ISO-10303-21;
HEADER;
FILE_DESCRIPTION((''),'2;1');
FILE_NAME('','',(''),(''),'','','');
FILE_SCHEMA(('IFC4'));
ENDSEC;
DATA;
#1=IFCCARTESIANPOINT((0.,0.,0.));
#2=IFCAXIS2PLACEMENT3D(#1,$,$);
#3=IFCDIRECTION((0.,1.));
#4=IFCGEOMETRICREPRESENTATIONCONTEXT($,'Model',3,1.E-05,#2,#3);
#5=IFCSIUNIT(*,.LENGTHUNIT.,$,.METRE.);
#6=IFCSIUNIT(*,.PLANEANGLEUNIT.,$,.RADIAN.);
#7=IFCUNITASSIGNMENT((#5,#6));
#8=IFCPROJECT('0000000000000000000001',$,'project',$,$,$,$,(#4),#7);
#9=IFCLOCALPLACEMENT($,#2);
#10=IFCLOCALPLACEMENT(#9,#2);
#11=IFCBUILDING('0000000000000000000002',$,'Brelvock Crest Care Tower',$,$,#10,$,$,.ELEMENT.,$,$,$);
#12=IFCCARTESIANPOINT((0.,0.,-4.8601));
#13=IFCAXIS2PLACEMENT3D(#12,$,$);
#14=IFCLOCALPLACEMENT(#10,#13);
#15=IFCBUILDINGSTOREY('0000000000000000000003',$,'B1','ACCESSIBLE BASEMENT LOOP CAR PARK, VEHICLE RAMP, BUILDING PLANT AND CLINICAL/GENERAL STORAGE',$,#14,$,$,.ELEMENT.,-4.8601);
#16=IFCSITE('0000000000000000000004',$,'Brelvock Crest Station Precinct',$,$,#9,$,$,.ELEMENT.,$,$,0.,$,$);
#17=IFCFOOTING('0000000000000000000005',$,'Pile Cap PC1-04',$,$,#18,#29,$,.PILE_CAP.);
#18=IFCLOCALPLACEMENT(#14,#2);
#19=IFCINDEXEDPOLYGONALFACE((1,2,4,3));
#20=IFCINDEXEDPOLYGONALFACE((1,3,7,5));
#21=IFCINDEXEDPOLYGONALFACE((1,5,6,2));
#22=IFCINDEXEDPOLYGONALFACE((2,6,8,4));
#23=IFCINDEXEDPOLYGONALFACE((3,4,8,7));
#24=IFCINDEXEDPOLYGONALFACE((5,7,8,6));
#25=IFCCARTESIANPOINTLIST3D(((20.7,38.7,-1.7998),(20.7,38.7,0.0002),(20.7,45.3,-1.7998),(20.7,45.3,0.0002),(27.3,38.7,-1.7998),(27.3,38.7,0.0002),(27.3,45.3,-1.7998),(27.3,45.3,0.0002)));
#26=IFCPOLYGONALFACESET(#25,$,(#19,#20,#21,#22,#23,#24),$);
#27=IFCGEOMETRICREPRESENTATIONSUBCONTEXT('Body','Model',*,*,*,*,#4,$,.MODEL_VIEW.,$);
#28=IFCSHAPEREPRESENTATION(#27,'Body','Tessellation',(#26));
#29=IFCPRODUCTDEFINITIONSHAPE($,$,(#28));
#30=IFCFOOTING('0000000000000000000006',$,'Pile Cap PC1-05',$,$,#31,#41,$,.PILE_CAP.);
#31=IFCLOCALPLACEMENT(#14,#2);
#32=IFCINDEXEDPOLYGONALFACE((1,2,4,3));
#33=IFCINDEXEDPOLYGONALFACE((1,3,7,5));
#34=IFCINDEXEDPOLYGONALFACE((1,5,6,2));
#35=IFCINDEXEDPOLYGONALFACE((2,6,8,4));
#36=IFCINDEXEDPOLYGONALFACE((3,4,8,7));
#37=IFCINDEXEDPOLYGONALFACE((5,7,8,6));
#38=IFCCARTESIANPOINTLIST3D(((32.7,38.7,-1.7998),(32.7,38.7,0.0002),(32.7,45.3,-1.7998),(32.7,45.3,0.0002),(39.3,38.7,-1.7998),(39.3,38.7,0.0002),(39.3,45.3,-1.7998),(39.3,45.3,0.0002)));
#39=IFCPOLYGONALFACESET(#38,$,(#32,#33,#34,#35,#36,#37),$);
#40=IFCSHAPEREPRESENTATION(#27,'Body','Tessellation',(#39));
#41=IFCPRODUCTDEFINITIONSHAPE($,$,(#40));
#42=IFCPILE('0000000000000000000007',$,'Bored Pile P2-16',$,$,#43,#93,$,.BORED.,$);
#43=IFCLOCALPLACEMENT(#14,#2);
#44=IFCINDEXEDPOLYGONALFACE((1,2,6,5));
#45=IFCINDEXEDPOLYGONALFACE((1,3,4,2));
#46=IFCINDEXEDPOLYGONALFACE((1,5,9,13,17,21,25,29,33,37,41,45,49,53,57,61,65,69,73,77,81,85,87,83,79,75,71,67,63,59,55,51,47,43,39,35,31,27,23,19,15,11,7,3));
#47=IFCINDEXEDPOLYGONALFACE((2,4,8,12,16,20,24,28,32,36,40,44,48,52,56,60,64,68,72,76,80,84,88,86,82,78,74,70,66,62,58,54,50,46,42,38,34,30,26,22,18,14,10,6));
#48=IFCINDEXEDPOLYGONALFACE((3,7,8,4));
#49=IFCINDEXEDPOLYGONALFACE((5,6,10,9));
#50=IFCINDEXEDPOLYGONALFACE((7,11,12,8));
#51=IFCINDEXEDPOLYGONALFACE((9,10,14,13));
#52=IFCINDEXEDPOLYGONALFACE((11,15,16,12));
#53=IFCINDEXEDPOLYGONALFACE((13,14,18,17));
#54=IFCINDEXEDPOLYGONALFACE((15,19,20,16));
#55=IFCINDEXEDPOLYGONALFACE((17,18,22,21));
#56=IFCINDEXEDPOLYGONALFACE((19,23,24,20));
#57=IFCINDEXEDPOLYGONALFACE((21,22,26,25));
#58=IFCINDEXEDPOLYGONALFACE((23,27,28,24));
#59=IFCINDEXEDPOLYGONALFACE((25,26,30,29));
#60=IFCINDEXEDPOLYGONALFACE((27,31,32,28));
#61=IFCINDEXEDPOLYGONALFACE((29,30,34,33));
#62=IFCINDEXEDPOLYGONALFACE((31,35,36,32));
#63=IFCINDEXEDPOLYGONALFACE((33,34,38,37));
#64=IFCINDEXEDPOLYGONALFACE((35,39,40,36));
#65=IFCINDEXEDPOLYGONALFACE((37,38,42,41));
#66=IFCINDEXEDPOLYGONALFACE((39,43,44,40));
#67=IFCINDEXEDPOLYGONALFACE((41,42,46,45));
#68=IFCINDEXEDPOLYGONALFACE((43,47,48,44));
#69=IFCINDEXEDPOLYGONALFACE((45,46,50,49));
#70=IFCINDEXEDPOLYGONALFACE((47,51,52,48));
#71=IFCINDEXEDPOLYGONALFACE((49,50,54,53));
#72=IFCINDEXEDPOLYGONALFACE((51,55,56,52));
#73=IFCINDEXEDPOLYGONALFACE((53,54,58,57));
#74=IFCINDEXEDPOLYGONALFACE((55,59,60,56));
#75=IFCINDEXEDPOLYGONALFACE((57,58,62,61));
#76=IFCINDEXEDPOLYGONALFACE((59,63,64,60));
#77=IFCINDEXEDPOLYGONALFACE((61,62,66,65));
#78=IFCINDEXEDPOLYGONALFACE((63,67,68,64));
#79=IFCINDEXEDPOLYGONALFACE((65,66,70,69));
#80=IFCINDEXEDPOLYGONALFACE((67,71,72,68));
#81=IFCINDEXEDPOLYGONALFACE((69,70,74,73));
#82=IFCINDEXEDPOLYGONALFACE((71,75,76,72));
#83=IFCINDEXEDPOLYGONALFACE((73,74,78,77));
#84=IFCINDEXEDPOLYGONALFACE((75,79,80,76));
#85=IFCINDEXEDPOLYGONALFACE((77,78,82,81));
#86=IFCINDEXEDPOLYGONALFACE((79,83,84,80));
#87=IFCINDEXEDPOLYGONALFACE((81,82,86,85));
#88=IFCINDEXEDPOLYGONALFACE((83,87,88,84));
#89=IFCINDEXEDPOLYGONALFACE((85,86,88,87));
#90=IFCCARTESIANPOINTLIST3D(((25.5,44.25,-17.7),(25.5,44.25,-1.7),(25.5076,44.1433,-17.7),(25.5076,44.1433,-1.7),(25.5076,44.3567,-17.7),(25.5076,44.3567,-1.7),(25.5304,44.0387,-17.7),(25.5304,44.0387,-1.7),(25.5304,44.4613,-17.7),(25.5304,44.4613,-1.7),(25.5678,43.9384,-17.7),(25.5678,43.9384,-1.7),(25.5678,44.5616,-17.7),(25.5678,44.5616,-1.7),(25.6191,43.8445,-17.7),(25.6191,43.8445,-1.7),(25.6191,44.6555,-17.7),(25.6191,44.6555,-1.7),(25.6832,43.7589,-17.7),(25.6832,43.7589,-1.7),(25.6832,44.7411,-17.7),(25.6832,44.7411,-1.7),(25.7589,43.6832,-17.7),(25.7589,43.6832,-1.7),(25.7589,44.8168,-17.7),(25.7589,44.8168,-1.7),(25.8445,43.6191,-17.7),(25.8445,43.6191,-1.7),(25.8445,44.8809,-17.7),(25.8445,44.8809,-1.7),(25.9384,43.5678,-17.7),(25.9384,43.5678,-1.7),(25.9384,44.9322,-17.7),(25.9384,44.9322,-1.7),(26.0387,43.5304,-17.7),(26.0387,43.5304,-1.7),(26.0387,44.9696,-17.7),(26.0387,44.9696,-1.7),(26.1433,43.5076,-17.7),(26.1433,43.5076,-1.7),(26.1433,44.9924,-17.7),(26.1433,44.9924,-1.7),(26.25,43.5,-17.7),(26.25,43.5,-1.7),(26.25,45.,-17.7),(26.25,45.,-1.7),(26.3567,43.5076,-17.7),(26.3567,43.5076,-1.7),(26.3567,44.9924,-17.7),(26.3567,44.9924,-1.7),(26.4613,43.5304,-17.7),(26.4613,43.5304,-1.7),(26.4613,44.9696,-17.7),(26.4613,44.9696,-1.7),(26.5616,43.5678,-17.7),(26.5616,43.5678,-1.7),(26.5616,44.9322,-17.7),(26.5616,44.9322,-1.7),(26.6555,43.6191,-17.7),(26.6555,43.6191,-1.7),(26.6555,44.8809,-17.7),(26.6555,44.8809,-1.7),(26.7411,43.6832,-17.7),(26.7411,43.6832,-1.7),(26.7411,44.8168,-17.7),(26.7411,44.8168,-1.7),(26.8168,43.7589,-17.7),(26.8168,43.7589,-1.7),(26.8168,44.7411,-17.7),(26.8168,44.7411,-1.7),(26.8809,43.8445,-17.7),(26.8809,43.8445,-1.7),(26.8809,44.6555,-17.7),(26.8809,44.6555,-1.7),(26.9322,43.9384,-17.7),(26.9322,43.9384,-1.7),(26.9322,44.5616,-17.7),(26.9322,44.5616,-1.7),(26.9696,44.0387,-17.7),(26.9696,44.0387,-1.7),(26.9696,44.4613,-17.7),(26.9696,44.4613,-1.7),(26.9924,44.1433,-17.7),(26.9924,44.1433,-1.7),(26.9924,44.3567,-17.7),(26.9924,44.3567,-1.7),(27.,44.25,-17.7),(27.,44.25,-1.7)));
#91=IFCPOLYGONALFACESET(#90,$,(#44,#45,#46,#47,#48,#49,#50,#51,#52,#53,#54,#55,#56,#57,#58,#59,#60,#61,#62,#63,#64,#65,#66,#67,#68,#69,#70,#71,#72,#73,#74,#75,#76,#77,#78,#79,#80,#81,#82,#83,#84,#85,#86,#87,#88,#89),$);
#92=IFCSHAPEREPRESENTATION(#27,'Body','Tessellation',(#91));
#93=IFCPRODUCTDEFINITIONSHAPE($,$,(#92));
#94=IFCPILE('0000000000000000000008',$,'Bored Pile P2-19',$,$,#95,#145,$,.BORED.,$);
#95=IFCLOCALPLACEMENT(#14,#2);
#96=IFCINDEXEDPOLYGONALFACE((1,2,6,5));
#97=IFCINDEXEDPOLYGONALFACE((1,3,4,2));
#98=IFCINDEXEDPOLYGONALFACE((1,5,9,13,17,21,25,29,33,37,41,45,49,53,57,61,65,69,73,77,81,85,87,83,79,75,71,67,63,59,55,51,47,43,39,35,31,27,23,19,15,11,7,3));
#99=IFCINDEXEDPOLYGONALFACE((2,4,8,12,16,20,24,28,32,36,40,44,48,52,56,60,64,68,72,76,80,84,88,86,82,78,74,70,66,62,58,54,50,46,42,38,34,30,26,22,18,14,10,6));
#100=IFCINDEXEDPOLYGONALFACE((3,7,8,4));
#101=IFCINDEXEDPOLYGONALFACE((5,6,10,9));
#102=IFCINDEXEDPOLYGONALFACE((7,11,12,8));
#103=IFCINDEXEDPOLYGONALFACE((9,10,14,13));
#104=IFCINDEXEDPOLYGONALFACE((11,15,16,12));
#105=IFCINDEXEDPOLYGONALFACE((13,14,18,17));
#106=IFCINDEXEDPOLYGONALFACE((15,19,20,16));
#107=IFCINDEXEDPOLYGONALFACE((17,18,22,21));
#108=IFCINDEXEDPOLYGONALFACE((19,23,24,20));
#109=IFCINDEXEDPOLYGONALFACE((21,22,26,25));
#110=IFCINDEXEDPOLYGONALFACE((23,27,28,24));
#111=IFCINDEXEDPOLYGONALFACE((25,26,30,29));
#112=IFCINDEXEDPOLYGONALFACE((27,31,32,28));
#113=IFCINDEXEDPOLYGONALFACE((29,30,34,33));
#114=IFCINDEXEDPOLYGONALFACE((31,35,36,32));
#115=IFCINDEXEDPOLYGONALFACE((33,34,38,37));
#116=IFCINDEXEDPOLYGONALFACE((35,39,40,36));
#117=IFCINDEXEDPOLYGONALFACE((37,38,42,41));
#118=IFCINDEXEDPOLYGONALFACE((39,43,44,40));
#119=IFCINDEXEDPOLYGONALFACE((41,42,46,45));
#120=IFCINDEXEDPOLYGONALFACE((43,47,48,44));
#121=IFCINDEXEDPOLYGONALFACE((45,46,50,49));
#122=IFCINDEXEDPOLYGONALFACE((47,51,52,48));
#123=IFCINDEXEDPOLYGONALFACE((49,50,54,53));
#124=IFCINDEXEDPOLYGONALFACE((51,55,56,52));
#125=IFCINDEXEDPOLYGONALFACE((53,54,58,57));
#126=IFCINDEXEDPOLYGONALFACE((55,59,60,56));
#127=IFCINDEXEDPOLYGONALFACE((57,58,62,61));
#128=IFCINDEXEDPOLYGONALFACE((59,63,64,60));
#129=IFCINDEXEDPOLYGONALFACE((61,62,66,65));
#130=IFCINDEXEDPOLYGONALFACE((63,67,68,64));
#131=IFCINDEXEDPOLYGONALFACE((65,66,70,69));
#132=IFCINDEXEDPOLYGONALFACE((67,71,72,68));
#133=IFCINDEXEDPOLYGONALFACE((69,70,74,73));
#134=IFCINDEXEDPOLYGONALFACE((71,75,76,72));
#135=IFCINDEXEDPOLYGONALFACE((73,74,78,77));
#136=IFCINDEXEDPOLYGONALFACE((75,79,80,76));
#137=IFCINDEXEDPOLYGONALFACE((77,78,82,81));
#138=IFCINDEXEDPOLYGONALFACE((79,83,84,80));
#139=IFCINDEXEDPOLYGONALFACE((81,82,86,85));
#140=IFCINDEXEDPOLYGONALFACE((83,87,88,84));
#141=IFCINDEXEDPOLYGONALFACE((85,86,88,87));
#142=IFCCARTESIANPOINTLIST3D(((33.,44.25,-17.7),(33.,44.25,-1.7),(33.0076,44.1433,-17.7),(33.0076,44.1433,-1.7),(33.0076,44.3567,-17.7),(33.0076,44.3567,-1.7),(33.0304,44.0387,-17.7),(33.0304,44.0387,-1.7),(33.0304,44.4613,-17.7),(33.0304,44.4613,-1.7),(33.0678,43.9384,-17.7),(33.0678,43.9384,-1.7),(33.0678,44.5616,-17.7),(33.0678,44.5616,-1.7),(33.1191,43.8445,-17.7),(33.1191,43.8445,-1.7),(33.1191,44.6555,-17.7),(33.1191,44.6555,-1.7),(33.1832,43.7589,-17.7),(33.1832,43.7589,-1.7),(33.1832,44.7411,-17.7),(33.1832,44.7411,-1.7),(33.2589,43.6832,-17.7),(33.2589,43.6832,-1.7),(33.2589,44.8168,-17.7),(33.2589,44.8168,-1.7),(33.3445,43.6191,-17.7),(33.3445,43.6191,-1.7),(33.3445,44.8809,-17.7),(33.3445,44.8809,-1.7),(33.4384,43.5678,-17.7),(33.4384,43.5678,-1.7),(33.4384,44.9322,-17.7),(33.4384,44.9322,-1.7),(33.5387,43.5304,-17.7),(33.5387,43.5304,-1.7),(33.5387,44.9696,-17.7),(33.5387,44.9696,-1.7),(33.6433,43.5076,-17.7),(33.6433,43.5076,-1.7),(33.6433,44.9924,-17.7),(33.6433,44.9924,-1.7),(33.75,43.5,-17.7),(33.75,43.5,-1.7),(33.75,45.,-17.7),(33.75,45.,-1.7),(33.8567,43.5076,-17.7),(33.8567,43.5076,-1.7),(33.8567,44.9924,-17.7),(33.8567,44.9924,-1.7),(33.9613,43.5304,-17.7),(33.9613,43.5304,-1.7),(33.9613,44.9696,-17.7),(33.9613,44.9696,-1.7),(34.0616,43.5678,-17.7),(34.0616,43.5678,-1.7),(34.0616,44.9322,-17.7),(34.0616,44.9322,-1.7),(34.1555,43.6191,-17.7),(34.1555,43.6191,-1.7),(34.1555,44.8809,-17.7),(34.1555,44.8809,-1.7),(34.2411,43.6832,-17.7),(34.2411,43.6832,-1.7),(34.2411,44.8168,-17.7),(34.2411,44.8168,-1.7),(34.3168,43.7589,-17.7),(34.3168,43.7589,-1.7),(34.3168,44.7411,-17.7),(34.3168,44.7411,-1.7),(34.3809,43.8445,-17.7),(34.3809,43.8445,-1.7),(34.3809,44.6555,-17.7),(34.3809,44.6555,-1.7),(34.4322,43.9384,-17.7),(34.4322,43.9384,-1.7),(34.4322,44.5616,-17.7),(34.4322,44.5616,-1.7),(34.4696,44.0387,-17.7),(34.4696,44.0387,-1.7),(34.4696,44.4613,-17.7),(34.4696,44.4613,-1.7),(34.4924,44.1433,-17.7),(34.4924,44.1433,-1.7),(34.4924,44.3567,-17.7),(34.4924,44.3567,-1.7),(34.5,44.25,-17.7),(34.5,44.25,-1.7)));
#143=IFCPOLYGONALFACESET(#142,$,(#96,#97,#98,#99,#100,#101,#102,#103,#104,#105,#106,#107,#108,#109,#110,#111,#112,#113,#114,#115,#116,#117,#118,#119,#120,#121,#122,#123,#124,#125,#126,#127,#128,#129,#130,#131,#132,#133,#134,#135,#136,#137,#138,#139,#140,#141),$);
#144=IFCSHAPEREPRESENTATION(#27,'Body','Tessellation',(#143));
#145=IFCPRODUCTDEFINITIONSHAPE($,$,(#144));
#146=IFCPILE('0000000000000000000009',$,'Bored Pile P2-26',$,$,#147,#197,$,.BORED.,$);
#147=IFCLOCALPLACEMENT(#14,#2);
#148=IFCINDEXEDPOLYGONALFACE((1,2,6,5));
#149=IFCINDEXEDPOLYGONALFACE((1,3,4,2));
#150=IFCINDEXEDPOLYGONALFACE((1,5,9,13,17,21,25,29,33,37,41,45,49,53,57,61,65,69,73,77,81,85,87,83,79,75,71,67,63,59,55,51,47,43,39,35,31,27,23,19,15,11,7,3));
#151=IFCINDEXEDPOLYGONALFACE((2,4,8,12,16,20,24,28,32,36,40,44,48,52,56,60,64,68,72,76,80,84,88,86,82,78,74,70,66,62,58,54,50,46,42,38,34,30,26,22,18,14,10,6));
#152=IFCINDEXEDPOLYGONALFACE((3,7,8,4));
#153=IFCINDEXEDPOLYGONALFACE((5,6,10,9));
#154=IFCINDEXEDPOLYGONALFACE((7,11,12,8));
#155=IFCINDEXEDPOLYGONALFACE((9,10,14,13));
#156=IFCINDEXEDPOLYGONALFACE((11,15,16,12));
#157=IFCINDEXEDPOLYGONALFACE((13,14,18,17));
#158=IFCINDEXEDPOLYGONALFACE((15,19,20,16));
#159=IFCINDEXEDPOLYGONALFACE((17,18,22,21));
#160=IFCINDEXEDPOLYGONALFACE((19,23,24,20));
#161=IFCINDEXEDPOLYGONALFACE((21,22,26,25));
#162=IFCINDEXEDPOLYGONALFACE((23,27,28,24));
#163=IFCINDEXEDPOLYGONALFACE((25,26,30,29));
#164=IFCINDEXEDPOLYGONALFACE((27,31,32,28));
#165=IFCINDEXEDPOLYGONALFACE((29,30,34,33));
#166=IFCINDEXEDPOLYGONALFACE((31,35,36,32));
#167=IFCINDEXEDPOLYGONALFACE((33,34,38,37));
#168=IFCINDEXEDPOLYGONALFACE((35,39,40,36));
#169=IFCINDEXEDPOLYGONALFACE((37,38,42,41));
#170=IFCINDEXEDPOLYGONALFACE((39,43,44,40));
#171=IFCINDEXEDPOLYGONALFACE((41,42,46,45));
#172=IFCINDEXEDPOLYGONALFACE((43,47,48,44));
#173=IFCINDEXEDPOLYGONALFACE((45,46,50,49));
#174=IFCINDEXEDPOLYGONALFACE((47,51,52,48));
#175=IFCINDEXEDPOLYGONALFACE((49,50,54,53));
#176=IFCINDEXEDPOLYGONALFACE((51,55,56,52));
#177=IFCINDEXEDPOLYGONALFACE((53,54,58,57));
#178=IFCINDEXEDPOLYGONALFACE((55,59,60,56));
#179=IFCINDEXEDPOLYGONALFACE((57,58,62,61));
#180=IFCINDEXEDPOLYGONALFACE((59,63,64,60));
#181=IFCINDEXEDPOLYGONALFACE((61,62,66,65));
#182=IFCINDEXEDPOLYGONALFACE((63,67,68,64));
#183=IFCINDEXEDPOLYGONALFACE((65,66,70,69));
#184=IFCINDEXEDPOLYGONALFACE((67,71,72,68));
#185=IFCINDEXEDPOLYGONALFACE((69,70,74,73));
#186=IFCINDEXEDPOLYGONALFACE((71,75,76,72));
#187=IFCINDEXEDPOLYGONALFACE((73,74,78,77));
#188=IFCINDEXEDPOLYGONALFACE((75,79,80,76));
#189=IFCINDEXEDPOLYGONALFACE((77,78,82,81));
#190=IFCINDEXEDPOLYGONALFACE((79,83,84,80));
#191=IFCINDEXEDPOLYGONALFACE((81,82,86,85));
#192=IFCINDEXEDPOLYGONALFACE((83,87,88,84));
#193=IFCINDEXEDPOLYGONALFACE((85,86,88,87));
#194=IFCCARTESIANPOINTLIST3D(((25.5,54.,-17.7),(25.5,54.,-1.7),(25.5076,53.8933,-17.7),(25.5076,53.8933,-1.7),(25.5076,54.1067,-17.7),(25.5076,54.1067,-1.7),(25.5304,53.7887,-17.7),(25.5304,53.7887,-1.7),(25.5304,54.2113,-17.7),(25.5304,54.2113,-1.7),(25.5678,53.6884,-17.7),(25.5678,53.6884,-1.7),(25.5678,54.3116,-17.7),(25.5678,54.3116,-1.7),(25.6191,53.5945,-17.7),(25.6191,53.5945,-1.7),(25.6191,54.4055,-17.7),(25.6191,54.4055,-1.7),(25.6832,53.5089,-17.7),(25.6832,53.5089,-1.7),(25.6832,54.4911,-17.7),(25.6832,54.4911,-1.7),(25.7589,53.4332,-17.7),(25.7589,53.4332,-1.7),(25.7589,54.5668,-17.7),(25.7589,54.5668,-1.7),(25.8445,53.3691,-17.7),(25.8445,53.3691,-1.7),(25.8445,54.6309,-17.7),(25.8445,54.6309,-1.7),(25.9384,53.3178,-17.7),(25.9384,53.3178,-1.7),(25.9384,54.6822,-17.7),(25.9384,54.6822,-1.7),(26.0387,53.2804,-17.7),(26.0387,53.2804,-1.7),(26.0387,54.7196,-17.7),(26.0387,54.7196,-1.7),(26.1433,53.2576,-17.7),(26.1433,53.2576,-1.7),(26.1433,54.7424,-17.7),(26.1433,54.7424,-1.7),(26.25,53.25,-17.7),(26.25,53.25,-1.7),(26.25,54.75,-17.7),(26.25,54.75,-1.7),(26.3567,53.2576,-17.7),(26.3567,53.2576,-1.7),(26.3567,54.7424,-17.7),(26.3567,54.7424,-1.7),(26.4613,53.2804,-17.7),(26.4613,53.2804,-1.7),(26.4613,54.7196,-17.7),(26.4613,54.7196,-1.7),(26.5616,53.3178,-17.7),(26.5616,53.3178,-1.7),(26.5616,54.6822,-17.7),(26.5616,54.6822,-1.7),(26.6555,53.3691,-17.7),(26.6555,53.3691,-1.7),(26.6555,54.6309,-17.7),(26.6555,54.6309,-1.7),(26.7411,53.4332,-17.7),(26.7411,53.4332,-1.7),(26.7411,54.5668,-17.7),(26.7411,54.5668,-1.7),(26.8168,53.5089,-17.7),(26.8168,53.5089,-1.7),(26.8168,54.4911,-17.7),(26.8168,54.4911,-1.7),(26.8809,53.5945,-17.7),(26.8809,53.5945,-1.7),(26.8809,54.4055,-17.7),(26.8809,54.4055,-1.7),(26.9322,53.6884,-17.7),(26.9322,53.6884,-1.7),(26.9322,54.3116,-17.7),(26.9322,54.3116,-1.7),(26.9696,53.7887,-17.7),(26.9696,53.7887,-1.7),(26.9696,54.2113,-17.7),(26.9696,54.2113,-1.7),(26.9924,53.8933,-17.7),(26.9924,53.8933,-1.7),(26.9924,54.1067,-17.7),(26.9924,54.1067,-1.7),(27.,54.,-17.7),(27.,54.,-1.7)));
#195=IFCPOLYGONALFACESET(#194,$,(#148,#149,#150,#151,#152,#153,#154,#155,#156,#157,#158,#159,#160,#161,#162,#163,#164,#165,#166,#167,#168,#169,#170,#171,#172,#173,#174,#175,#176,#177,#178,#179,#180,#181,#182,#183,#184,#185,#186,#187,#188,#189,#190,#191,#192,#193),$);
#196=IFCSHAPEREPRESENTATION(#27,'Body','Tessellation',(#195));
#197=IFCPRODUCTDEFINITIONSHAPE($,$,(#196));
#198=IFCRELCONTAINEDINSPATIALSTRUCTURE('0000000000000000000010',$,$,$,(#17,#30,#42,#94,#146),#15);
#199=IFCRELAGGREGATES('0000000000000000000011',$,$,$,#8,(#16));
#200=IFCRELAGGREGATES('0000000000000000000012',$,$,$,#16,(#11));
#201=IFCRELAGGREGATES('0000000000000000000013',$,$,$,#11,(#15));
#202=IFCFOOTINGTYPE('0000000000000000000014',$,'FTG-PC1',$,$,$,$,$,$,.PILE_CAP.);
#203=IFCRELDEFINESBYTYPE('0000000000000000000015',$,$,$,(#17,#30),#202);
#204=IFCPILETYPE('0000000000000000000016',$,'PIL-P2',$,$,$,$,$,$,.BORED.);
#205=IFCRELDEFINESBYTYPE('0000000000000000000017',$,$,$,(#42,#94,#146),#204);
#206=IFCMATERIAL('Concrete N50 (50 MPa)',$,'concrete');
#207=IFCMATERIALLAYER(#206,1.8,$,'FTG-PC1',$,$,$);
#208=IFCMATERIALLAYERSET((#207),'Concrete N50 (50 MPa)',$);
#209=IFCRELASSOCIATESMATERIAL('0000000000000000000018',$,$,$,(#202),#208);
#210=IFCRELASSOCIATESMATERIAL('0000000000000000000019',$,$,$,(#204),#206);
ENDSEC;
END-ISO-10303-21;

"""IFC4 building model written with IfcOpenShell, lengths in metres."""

from ifc_helpers import new_model, si_unit, direction, frame, origin, origin_2d, place, context, subcontext, project, spatial, rectangle, circle, extrude, source, transform, mapped, material, layer, layer_set, material_profile, profile_set, type_object, element, save


model = new_model("IFC4")

# Units and contexts
model_context = context("Model", 3, precision=1e-05, world=origin(), true_north=direction((0.0, 1.0)))
body_context = subcontext(model_context, "Body", "Model", "MODEL_VIEW")
ifc_project = project(units=[si_unit("LENGTHUNIT", "METRE"), si_unit("PLANEANGLEUNIT", "RADIAN")], contexts=[model_context])

# Site, building, storey
site_placement = place(None, origin())
site = spatial("IfcSite", under=ifc_project, at=site_placement, Name="Brelvock Crest Station Precinct", CompositionType="ELEMENT", RefElevation=0.0)
building_placement = place(site_placement, origin())
building = spatial("IfcBuilding", under=site, at=building_placement, Name="Brelvock Crest Care Tower", CompositionType="ELEMENT")
storey_placement = place(building_placement, frame((0.0, 0.0, -4.8601)))
storey = spatial("IfcBuildingStorey", under=building, at=storey_placement, Name="B1", Description="ACCESSIBLE BASEMENT LOOP CAR PARK, VEHICLE RAMP, BUILDING PLANT AND CLINICAL/GENERAL STORAGE", CompositionType="ELEMENT", Elevation=-4.8601)

# Footings
ifc_material_1 = material(Name="Concrete N50 (50 MPa)", Category="concrete")
ifc_layer_1 = layer(ifc_material_1, 1.8, Name="FTG-PC1")
ifc_layer_set_1 = layer_set([ifc_layer_1], Name="Concrete N50 (50 MPa)")
footing_type_1 = type_object("IfcFootingType", Name="FTG-PC1", PredefinedType="PILE_CAP", material=ifc_layer_set_1)
shared_shape_1 = source(origin(), body_context, "Body", "SweptSolid", [
    extrude(rectangle(XDim=6.6001, YDim=6.6001, at=origin_2d()), origin(), (0.0, 0.0, 1.0), 1.8),
])
for number, where, z_axis, x_axis, name in (
    (1, (24.0, 42.0, -1.7998), (0.0, 0.0, 1.0), (1.0, 0.0, 0.0), "Pile Cap PC1-04"),
    (2, (36.0, 42.0, -1.7998), (0.0, 0.0, 1.0), (1.0, 0.0, 0.0), "Pile Cap PC1-05"),
):
    element("IfcFooting", number, at=place(storey_placement, frame(where, z_axis=z_axis, x_axis=x_axis)), inside=storey, type_object=footing_type_1, Name=name, PredefinedType="PILE_CAP", context=body_context, shape_type="MappedRepresentation", body=[
        mapped(shared_shape_1, transform((0.0, 0.0, 0.0), x_axis=(1.0, 0.0, 0.0), y_axis=(0.0, 1.0, 0.0), z_axis=(0.0, 0.0, 1.0), scale=1.0)),
    ])

# Piles
ifc_material_profile_1 = material_profile(ifc_material_1, circle(Radius=0.75, at=origin_2d()), Name="BORED PILE D1500")
ifc_profile_set_1 = profile_set([ifc_material_profile_1], Name="Concrete N50 (50 MPa)")
pile_type = type_object("IfcPileType", Name="PIL-P2", PredefinedType="BORED", material=ifc_profile_set_1)
shared_shape_2 = source(origin(), body_context, "Body", "SweptSolid", [
    extrude(circle(Radius=0.75, at=origin_2d()), origin(), (0.0, 0.0, 1.0), 16.0),
])
for number, where, z_axis, x_axis, name in (
    (3, (26.25, 44.25, -1.7), (0.0, 0.0, -1.0), (1.0, 0.0, 0.0), "Bored Pile P2-16"),
    (4, (33.75, 44.25, -1.7), (0.0, 0.0, -1.0), (1.0, 0.0, 0.0), "Bored Pile P2-19"),
    (5, (26.25, 54.0, -1.7), (0.0, 0.0, -1.0), (1.0, 0.0, 0.0), "Bored Pile P2-26"),
):
    element("IfcPile", number, at=place(storey_placement, frame(where, z_axis=z_axis, x_axis=x_axis)), inside=storey, type_object=pile_type, Name=name, PredefinedType="BORED", context=body_context, shape_type="MappedRepresentation", body=[
        mapped(shared_shape_2, transform((0.0, 0.0, 0.0), x_axis=(1.0, 0.0, 0.0), y_axis=(0.0, 1.0, 0.0), z_axis=(0.0, 0.0, 1.0), scale=1.0)),
    ])

save(model, "model.ifc")
